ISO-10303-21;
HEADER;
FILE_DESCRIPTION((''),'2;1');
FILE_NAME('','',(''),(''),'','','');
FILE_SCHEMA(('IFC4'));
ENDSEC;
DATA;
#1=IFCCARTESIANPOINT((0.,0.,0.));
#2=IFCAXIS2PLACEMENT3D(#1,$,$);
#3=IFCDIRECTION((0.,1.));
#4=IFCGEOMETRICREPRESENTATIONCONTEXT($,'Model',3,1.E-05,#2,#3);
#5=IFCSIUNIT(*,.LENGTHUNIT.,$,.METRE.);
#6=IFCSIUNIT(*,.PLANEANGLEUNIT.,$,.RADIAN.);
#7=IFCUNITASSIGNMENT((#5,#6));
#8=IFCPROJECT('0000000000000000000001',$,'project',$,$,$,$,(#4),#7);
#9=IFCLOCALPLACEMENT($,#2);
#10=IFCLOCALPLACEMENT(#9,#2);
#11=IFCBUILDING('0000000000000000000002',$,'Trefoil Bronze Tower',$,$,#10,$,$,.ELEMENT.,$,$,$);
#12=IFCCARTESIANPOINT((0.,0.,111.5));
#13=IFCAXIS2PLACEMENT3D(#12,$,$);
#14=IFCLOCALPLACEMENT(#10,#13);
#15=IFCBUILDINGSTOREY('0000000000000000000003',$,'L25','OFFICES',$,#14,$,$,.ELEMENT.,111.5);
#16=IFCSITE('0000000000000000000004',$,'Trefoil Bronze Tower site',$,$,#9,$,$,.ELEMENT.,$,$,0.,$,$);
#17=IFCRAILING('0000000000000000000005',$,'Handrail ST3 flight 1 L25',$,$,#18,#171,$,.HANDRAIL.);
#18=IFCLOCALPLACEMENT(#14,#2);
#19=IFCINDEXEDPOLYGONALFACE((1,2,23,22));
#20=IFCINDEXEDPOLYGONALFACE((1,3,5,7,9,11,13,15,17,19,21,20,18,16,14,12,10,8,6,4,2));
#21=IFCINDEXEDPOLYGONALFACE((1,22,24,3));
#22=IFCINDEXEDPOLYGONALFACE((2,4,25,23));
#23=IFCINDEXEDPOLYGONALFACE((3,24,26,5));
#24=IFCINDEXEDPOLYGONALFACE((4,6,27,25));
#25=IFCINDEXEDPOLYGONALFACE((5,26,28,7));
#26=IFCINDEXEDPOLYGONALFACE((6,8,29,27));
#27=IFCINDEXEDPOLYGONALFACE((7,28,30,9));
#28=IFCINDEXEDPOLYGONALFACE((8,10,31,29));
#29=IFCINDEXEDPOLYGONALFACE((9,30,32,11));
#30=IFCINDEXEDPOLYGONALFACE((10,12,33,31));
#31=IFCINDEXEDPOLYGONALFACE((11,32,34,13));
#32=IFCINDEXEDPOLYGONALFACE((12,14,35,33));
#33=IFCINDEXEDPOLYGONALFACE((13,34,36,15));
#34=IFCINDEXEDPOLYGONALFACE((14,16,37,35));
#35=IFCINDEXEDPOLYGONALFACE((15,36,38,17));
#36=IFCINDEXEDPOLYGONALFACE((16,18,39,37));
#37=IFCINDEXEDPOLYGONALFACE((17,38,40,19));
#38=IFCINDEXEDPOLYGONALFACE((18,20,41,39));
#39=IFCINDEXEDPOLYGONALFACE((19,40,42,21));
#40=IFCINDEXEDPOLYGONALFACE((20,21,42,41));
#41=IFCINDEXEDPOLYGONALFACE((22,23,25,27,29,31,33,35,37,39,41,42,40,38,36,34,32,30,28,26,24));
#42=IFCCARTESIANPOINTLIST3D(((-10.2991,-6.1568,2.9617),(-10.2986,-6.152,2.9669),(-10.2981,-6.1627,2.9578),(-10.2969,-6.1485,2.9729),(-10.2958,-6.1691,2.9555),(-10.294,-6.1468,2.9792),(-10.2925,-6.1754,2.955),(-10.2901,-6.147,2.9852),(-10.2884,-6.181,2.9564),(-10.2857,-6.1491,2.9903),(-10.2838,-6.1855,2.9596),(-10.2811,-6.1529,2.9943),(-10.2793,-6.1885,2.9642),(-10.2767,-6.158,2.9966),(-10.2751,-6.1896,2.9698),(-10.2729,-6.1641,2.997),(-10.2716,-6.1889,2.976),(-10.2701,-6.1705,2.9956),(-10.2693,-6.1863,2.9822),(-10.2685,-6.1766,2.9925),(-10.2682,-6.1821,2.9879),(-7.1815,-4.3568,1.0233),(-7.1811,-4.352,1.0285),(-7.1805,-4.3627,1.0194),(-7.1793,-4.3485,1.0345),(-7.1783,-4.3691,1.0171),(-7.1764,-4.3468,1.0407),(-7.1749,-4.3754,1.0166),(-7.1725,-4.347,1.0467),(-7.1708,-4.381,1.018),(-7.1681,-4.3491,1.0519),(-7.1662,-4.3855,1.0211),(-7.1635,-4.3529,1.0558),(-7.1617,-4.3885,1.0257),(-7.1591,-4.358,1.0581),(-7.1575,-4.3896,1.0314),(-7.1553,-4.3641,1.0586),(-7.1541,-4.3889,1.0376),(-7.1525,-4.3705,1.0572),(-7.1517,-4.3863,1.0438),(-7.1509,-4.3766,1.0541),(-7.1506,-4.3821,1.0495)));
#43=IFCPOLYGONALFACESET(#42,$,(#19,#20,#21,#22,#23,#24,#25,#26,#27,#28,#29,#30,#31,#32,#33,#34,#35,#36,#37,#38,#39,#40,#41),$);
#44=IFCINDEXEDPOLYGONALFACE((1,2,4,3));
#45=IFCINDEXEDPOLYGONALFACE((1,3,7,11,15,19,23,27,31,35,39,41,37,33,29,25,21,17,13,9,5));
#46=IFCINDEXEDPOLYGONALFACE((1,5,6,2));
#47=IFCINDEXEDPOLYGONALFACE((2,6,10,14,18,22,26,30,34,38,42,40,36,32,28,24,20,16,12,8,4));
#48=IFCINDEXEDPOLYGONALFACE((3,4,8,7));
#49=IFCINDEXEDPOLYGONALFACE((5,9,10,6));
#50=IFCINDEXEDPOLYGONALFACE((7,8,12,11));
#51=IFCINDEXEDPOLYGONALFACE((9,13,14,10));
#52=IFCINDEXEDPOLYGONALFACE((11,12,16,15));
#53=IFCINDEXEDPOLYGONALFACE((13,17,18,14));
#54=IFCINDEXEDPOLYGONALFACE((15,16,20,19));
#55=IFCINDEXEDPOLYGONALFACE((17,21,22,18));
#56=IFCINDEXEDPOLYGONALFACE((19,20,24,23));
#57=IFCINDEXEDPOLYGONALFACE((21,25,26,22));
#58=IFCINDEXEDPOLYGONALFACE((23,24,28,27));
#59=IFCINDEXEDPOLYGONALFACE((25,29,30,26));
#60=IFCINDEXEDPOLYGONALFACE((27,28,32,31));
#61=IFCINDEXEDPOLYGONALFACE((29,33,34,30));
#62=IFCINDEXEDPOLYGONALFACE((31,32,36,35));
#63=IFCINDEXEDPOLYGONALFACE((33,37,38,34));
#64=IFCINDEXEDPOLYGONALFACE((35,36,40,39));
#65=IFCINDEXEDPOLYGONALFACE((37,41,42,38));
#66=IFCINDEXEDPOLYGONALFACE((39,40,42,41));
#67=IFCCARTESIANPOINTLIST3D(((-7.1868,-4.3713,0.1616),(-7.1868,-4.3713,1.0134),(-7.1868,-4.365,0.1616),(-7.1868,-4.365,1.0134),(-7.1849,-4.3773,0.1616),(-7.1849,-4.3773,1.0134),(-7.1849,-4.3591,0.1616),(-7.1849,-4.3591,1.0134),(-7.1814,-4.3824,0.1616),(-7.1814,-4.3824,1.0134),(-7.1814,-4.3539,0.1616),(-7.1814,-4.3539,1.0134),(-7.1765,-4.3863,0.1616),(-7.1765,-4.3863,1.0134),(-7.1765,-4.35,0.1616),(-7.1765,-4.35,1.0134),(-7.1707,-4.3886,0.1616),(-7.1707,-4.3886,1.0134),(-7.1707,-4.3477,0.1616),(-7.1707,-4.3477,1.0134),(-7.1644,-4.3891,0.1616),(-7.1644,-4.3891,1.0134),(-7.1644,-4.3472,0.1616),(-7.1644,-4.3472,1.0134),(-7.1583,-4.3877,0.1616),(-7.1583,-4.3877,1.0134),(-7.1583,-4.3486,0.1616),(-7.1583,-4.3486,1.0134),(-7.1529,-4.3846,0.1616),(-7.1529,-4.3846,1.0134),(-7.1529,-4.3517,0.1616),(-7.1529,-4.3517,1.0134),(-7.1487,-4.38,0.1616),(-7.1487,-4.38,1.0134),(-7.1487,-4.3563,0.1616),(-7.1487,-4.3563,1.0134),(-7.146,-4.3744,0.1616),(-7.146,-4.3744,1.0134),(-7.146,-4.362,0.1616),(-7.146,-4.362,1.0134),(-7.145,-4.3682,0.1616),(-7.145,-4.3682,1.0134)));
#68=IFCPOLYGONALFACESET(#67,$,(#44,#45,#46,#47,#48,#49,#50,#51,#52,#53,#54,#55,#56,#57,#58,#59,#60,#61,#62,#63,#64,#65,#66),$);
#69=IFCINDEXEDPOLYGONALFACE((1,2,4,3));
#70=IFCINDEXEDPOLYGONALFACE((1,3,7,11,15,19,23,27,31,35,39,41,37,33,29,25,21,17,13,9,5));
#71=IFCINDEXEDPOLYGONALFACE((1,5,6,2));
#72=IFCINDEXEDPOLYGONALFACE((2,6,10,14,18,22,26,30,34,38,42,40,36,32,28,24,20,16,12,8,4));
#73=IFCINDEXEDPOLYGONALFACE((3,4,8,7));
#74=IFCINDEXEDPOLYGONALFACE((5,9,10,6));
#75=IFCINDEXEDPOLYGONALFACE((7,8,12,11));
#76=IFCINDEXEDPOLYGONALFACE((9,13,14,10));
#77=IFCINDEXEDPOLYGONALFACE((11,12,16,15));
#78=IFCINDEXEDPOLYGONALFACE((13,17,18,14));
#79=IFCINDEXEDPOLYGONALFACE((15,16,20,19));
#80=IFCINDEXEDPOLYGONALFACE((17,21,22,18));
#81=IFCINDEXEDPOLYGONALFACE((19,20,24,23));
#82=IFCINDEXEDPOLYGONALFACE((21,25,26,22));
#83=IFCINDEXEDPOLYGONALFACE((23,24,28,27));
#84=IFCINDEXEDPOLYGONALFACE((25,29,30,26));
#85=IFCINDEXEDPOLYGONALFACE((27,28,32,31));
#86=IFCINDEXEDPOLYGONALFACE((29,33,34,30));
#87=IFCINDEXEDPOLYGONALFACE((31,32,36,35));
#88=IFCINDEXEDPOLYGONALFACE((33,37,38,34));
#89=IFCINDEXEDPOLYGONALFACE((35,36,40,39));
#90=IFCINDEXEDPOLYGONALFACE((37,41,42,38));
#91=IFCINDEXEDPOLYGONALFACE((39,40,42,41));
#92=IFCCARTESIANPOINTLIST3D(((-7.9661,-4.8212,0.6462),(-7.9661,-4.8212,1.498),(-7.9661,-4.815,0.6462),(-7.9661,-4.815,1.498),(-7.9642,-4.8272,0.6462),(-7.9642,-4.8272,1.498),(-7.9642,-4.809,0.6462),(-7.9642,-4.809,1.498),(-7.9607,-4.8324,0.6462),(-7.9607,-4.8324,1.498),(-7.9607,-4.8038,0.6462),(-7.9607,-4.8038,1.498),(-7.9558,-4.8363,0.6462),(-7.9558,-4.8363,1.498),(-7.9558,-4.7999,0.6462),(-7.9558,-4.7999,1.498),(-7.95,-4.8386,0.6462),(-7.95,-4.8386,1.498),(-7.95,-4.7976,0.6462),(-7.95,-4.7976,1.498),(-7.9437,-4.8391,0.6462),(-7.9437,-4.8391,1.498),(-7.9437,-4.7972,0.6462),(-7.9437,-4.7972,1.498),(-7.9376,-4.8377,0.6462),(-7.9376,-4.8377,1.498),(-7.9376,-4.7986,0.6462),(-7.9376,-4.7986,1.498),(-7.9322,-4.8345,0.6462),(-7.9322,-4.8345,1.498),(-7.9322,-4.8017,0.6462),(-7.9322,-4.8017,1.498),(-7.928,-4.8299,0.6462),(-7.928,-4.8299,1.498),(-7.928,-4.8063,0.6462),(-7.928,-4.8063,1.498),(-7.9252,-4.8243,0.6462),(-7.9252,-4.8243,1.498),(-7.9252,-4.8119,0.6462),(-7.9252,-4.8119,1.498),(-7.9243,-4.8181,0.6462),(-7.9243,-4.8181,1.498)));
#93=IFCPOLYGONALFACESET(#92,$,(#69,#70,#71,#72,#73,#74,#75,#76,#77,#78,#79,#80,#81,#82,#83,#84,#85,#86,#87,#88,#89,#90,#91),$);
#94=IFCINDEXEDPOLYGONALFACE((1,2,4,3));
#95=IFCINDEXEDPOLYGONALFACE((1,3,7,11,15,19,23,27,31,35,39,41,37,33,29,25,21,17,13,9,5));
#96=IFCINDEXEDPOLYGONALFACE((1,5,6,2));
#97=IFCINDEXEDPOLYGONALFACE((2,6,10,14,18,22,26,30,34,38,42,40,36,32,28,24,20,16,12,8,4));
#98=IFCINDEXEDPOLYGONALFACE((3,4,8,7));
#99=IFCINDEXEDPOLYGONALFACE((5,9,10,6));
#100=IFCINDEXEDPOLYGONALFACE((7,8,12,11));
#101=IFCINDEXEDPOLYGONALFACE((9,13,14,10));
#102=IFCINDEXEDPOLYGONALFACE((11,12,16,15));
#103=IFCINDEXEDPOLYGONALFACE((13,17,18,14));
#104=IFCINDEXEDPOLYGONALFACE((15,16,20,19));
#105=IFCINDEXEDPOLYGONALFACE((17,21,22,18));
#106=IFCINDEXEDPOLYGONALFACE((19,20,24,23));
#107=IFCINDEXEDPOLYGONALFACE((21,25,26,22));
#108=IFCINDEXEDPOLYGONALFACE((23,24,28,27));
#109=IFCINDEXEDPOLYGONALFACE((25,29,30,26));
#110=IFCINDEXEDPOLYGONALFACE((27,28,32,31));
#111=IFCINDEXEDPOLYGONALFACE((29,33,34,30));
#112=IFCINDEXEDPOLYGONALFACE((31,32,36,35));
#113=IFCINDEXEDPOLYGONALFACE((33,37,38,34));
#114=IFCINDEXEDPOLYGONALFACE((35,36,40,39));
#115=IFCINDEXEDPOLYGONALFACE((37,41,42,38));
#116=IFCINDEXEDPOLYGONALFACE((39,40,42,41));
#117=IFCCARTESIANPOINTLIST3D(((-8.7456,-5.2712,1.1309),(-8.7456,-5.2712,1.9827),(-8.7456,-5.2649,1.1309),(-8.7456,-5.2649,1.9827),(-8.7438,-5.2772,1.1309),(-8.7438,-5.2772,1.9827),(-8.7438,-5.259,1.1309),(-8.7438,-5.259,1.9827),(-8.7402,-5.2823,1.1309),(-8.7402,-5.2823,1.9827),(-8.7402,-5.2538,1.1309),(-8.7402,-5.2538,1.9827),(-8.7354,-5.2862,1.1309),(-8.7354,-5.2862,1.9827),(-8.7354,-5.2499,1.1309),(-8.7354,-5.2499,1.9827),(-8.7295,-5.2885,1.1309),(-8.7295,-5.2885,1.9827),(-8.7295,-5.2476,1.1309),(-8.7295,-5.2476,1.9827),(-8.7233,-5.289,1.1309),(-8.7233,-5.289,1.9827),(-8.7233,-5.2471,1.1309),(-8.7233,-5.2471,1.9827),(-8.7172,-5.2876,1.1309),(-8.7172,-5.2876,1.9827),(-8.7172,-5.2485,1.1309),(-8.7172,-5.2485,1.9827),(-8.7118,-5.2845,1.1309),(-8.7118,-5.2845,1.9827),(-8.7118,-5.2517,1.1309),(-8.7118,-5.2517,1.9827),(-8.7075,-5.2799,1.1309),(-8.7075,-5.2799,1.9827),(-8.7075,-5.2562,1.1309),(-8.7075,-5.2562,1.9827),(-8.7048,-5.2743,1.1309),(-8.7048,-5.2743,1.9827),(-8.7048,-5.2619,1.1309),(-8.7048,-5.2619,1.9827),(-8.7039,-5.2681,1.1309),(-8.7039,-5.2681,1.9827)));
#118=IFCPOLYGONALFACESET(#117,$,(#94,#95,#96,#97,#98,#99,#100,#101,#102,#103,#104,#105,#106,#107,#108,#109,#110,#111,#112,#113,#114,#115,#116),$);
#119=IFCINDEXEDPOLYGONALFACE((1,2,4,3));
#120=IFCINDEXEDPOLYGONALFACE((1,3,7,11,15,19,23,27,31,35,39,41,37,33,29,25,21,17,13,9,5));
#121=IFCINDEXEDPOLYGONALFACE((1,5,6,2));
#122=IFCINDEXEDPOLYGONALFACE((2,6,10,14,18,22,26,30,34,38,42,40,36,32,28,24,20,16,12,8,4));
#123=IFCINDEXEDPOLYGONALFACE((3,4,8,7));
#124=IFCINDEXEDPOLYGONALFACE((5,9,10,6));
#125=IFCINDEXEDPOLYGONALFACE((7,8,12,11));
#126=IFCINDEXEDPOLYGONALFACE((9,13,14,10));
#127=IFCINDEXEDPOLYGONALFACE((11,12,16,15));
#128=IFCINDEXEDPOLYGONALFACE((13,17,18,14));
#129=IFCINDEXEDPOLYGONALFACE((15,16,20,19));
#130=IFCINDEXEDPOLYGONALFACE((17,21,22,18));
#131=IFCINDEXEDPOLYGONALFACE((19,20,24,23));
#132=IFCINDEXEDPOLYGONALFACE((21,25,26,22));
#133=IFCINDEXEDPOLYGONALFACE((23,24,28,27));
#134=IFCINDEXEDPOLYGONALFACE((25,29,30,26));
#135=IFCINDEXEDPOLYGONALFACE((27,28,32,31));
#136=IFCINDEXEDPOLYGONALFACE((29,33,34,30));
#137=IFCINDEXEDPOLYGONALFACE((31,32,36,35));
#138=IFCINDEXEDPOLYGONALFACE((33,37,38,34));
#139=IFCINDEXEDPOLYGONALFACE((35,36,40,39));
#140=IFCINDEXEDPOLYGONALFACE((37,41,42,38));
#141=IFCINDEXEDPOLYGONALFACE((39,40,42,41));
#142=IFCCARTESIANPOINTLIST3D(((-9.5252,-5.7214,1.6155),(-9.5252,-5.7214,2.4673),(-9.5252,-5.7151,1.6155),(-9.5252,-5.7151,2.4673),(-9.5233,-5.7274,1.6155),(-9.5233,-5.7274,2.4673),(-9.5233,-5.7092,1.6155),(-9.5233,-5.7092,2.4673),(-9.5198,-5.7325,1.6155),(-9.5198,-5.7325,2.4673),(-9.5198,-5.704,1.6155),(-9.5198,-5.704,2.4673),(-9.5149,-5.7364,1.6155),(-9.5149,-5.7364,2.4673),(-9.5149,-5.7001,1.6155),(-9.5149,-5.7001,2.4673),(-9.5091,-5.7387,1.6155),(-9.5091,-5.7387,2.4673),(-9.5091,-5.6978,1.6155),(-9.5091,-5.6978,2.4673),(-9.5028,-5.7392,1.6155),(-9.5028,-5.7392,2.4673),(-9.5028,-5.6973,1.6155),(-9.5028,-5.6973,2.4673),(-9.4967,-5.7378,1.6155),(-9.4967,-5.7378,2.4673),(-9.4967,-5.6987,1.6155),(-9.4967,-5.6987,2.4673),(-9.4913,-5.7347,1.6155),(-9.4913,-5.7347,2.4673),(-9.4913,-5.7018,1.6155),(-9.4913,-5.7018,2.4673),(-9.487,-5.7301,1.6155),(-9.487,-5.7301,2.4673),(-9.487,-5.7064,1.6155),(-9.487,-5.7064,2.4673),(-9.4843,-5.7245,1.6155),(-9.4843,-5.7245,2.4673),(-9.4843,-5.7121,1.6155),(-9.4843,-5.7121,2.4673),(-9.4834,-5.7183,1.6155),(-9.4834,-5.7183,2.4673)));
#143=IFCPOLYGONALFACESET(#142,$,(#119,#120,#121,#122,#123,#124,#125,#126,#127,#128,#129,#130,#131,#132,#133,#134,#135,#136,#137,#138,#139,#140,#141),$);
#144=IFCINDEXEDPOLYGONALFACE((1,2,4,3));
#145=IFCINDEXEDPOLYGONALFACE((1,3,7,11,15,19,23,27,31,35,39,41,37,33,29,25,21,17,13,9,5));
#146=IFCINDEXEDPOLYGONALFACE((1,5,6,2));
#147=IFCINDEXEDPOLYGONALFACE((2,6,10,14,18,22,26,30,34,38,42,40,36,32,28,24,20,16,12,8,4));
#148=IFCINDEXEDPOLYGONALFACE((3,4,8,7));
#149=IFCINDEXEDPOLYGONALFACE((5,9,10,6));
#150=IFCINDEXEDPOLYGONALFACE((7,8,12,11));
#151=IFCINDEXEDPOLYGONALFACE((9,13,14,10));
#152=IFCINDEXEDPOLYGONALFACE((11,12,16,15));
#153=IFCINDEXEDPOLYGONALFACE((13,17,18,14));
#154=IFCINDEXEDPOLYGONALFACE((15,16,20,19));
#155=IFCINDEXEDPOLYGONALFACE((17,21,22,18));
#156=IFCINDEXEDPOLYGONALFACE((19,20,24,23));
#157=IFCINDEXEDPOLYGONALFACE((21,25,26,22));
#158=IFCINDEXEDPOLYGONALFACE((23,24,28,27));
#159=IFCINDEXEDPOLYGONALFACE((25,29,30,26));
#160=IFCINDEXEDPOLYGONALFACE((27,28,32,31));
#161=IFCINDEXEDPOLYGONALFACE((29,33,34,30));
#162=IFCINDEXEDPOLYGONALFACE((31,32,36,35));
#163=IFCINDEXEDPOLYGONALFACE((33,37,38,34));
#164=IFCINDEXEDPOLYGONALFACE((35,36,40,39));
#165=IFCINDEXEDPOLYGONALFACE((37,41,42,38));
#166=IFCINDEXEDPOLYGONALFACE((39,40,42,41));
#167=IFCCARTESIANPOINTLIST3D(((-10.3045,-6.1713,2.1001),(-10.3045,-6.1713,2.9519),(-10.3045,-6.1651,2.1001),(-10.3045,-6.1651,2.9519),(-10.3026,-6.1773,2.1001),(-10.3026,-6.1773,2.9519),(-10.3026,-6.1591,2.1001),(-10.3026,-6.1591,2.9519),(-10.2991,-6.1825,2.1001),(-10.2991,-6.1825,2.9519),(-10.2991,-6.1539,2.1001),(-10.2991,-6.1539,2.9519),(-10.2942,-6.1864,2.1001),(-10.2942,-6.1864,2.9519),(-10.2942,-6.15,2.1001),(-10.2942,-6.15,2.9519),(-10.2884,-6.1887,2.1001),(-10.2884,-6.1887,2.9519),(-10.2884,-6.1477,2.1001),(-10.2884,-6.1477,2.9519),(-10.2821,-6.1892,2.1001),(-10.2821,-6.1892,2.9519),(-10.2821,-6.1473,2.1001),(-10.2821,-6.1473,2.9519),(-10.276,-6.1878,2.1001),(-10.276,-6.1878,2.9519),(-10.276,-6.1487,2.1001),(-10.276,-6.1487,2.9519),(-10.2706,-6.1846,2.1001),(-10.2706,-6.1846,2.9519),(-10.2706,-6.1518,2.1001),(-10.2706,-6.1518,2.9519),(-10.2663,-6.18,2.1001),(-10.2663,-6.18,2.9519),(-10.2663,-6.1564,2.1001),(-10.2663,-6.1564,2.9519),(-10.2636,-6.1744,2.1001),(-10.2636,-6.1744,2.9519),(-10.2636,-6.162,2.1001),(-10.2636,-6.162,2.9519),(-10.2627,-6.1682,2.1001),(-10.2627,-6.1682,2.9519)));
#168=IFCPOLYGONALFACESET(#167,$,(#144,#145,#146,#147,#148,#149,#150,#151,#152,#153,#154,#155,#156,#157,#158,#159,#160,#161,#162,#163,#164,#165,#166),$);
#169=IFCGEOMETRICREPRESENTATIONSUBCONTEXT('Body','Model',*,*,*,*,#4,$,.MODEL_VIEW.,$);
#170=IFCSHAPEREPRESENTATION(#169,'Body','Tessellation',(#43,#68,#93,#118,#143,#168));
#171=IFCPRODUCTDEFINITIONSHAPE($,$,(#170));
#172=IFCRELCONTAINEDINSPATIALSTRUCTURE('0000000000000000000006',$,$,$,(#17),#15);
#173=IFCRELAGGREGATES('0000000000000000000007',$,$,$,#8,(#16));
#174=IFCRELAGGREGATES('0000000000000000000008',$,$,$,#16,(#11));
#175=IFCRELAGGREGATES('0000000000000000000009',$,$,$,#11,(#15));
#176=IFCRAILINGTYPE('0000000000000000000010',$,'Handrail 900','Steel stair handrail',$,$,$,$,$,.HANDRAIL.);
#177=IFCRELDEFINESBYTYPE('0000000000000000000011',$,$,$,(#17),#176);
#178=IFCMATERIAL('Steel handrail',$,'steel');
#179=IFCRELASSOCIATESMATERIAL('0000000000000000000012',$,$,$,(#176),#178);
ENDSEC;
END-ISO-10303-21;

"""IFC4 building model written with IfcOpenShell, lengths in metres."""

from ifc_helpers import new_model, si_unit, direction, frame, origin, origin_2d, place, context, subcontext, project, spatial, circle, extrude, material, type_object, element, save


model = new_model("IFC4")

# Units and contexts
model_context = context("Model", 3, precision=1e-05, world=origin(), true_north=direction((0.0, 1.0)))
body_context = subcontext(model_context, "Body", "Model", "MODEL_VIEW")
ifc_project = project(units=[si_unit("LENGTHUNIT", "METRE"), si_unit("PLANEANGLEUNIT", "RADIAN")], contexts=[model_context])

# Site, building, storey
site_placement = place(None, origin())
site = spatial("IfcSite", under=ifc_project, at=site_placement, Name="Trefoil Bronze Tower site", CompositionType="ELEMENT", RefElevation=0.0)
building_placement = place(site_placement, origin())
building = spatial("IfcBuilding", under=site, at=building_placement, Name="Trefoil Bronze Tower", CompositionType="ELEMENT")
storey_placement = place(building_placement, frame((0.0, 0.0, 111.5)))
storey = spatial("IfcBuildingStorey", under=building, at=storey_placement, Name="L25", Description="OFFICES", CompositionType="ELEMENT", Elevation=111.5)

# Railing
ifc_material_1 = material(Name="Steel handrail", Category="steel")
railing_type = type_object("IfcRailingType", Name="Handrail 900", Description="Steel stair handrail", PredefinedType="HANDRAIL", material=ifc_material_1)
railing_1_placement = place(storey_placement, frame((-7.166, -4.3682, 0.1616)))
element("IfcRailing", 1, at=railing_1_placement, inside=storey, type_object=railing_type, Name="Handrail ST3 flight 1 L25", PredefinedType="HANDRAIL", context=body_context, shape_type="SweptSolid", body=[
    extrude(circle(Radius=0.0239, at=origin_2d()), frame((0.0, 0.0, 0.876), z_axis=(-0.762503, -0.440246, 0.474102), x_axis=(0.500012, -0.866018, 0.0)), (0.0, 0.0, 1.0), 4.0886),
    extrude(circle(Radius=0.021, at=origin_2d()), origin(), (0.0, 0.0, 1.0), 0.8518),
    extrude(circle(Radius=0.021, at=origin_2d()), frame((-0.7793, -0.45, 0.4846)), (0.0, 0.0, 1.0), 0.8518),
    extrude(circle(Radius=0.021, at=origin_2d()), frame((-1.5588, -0.8999, 0.9692)), (0.0, 0.0, 1.0), 0.8518),
    extrude(circle(Radius=0.021, at=origin_2d()), frame((-2.3384, -1.3501, 1.4539)), (0.0, 0.0, 1.0), 0.8518),
    extrude(circle(Radius=0.021, at=origin_2d()), frame((-3.1177, -1.8, 1.9385)), (0.0, 0.0, 1.0), 0.8518),
])

save(model, "model.ifc")
